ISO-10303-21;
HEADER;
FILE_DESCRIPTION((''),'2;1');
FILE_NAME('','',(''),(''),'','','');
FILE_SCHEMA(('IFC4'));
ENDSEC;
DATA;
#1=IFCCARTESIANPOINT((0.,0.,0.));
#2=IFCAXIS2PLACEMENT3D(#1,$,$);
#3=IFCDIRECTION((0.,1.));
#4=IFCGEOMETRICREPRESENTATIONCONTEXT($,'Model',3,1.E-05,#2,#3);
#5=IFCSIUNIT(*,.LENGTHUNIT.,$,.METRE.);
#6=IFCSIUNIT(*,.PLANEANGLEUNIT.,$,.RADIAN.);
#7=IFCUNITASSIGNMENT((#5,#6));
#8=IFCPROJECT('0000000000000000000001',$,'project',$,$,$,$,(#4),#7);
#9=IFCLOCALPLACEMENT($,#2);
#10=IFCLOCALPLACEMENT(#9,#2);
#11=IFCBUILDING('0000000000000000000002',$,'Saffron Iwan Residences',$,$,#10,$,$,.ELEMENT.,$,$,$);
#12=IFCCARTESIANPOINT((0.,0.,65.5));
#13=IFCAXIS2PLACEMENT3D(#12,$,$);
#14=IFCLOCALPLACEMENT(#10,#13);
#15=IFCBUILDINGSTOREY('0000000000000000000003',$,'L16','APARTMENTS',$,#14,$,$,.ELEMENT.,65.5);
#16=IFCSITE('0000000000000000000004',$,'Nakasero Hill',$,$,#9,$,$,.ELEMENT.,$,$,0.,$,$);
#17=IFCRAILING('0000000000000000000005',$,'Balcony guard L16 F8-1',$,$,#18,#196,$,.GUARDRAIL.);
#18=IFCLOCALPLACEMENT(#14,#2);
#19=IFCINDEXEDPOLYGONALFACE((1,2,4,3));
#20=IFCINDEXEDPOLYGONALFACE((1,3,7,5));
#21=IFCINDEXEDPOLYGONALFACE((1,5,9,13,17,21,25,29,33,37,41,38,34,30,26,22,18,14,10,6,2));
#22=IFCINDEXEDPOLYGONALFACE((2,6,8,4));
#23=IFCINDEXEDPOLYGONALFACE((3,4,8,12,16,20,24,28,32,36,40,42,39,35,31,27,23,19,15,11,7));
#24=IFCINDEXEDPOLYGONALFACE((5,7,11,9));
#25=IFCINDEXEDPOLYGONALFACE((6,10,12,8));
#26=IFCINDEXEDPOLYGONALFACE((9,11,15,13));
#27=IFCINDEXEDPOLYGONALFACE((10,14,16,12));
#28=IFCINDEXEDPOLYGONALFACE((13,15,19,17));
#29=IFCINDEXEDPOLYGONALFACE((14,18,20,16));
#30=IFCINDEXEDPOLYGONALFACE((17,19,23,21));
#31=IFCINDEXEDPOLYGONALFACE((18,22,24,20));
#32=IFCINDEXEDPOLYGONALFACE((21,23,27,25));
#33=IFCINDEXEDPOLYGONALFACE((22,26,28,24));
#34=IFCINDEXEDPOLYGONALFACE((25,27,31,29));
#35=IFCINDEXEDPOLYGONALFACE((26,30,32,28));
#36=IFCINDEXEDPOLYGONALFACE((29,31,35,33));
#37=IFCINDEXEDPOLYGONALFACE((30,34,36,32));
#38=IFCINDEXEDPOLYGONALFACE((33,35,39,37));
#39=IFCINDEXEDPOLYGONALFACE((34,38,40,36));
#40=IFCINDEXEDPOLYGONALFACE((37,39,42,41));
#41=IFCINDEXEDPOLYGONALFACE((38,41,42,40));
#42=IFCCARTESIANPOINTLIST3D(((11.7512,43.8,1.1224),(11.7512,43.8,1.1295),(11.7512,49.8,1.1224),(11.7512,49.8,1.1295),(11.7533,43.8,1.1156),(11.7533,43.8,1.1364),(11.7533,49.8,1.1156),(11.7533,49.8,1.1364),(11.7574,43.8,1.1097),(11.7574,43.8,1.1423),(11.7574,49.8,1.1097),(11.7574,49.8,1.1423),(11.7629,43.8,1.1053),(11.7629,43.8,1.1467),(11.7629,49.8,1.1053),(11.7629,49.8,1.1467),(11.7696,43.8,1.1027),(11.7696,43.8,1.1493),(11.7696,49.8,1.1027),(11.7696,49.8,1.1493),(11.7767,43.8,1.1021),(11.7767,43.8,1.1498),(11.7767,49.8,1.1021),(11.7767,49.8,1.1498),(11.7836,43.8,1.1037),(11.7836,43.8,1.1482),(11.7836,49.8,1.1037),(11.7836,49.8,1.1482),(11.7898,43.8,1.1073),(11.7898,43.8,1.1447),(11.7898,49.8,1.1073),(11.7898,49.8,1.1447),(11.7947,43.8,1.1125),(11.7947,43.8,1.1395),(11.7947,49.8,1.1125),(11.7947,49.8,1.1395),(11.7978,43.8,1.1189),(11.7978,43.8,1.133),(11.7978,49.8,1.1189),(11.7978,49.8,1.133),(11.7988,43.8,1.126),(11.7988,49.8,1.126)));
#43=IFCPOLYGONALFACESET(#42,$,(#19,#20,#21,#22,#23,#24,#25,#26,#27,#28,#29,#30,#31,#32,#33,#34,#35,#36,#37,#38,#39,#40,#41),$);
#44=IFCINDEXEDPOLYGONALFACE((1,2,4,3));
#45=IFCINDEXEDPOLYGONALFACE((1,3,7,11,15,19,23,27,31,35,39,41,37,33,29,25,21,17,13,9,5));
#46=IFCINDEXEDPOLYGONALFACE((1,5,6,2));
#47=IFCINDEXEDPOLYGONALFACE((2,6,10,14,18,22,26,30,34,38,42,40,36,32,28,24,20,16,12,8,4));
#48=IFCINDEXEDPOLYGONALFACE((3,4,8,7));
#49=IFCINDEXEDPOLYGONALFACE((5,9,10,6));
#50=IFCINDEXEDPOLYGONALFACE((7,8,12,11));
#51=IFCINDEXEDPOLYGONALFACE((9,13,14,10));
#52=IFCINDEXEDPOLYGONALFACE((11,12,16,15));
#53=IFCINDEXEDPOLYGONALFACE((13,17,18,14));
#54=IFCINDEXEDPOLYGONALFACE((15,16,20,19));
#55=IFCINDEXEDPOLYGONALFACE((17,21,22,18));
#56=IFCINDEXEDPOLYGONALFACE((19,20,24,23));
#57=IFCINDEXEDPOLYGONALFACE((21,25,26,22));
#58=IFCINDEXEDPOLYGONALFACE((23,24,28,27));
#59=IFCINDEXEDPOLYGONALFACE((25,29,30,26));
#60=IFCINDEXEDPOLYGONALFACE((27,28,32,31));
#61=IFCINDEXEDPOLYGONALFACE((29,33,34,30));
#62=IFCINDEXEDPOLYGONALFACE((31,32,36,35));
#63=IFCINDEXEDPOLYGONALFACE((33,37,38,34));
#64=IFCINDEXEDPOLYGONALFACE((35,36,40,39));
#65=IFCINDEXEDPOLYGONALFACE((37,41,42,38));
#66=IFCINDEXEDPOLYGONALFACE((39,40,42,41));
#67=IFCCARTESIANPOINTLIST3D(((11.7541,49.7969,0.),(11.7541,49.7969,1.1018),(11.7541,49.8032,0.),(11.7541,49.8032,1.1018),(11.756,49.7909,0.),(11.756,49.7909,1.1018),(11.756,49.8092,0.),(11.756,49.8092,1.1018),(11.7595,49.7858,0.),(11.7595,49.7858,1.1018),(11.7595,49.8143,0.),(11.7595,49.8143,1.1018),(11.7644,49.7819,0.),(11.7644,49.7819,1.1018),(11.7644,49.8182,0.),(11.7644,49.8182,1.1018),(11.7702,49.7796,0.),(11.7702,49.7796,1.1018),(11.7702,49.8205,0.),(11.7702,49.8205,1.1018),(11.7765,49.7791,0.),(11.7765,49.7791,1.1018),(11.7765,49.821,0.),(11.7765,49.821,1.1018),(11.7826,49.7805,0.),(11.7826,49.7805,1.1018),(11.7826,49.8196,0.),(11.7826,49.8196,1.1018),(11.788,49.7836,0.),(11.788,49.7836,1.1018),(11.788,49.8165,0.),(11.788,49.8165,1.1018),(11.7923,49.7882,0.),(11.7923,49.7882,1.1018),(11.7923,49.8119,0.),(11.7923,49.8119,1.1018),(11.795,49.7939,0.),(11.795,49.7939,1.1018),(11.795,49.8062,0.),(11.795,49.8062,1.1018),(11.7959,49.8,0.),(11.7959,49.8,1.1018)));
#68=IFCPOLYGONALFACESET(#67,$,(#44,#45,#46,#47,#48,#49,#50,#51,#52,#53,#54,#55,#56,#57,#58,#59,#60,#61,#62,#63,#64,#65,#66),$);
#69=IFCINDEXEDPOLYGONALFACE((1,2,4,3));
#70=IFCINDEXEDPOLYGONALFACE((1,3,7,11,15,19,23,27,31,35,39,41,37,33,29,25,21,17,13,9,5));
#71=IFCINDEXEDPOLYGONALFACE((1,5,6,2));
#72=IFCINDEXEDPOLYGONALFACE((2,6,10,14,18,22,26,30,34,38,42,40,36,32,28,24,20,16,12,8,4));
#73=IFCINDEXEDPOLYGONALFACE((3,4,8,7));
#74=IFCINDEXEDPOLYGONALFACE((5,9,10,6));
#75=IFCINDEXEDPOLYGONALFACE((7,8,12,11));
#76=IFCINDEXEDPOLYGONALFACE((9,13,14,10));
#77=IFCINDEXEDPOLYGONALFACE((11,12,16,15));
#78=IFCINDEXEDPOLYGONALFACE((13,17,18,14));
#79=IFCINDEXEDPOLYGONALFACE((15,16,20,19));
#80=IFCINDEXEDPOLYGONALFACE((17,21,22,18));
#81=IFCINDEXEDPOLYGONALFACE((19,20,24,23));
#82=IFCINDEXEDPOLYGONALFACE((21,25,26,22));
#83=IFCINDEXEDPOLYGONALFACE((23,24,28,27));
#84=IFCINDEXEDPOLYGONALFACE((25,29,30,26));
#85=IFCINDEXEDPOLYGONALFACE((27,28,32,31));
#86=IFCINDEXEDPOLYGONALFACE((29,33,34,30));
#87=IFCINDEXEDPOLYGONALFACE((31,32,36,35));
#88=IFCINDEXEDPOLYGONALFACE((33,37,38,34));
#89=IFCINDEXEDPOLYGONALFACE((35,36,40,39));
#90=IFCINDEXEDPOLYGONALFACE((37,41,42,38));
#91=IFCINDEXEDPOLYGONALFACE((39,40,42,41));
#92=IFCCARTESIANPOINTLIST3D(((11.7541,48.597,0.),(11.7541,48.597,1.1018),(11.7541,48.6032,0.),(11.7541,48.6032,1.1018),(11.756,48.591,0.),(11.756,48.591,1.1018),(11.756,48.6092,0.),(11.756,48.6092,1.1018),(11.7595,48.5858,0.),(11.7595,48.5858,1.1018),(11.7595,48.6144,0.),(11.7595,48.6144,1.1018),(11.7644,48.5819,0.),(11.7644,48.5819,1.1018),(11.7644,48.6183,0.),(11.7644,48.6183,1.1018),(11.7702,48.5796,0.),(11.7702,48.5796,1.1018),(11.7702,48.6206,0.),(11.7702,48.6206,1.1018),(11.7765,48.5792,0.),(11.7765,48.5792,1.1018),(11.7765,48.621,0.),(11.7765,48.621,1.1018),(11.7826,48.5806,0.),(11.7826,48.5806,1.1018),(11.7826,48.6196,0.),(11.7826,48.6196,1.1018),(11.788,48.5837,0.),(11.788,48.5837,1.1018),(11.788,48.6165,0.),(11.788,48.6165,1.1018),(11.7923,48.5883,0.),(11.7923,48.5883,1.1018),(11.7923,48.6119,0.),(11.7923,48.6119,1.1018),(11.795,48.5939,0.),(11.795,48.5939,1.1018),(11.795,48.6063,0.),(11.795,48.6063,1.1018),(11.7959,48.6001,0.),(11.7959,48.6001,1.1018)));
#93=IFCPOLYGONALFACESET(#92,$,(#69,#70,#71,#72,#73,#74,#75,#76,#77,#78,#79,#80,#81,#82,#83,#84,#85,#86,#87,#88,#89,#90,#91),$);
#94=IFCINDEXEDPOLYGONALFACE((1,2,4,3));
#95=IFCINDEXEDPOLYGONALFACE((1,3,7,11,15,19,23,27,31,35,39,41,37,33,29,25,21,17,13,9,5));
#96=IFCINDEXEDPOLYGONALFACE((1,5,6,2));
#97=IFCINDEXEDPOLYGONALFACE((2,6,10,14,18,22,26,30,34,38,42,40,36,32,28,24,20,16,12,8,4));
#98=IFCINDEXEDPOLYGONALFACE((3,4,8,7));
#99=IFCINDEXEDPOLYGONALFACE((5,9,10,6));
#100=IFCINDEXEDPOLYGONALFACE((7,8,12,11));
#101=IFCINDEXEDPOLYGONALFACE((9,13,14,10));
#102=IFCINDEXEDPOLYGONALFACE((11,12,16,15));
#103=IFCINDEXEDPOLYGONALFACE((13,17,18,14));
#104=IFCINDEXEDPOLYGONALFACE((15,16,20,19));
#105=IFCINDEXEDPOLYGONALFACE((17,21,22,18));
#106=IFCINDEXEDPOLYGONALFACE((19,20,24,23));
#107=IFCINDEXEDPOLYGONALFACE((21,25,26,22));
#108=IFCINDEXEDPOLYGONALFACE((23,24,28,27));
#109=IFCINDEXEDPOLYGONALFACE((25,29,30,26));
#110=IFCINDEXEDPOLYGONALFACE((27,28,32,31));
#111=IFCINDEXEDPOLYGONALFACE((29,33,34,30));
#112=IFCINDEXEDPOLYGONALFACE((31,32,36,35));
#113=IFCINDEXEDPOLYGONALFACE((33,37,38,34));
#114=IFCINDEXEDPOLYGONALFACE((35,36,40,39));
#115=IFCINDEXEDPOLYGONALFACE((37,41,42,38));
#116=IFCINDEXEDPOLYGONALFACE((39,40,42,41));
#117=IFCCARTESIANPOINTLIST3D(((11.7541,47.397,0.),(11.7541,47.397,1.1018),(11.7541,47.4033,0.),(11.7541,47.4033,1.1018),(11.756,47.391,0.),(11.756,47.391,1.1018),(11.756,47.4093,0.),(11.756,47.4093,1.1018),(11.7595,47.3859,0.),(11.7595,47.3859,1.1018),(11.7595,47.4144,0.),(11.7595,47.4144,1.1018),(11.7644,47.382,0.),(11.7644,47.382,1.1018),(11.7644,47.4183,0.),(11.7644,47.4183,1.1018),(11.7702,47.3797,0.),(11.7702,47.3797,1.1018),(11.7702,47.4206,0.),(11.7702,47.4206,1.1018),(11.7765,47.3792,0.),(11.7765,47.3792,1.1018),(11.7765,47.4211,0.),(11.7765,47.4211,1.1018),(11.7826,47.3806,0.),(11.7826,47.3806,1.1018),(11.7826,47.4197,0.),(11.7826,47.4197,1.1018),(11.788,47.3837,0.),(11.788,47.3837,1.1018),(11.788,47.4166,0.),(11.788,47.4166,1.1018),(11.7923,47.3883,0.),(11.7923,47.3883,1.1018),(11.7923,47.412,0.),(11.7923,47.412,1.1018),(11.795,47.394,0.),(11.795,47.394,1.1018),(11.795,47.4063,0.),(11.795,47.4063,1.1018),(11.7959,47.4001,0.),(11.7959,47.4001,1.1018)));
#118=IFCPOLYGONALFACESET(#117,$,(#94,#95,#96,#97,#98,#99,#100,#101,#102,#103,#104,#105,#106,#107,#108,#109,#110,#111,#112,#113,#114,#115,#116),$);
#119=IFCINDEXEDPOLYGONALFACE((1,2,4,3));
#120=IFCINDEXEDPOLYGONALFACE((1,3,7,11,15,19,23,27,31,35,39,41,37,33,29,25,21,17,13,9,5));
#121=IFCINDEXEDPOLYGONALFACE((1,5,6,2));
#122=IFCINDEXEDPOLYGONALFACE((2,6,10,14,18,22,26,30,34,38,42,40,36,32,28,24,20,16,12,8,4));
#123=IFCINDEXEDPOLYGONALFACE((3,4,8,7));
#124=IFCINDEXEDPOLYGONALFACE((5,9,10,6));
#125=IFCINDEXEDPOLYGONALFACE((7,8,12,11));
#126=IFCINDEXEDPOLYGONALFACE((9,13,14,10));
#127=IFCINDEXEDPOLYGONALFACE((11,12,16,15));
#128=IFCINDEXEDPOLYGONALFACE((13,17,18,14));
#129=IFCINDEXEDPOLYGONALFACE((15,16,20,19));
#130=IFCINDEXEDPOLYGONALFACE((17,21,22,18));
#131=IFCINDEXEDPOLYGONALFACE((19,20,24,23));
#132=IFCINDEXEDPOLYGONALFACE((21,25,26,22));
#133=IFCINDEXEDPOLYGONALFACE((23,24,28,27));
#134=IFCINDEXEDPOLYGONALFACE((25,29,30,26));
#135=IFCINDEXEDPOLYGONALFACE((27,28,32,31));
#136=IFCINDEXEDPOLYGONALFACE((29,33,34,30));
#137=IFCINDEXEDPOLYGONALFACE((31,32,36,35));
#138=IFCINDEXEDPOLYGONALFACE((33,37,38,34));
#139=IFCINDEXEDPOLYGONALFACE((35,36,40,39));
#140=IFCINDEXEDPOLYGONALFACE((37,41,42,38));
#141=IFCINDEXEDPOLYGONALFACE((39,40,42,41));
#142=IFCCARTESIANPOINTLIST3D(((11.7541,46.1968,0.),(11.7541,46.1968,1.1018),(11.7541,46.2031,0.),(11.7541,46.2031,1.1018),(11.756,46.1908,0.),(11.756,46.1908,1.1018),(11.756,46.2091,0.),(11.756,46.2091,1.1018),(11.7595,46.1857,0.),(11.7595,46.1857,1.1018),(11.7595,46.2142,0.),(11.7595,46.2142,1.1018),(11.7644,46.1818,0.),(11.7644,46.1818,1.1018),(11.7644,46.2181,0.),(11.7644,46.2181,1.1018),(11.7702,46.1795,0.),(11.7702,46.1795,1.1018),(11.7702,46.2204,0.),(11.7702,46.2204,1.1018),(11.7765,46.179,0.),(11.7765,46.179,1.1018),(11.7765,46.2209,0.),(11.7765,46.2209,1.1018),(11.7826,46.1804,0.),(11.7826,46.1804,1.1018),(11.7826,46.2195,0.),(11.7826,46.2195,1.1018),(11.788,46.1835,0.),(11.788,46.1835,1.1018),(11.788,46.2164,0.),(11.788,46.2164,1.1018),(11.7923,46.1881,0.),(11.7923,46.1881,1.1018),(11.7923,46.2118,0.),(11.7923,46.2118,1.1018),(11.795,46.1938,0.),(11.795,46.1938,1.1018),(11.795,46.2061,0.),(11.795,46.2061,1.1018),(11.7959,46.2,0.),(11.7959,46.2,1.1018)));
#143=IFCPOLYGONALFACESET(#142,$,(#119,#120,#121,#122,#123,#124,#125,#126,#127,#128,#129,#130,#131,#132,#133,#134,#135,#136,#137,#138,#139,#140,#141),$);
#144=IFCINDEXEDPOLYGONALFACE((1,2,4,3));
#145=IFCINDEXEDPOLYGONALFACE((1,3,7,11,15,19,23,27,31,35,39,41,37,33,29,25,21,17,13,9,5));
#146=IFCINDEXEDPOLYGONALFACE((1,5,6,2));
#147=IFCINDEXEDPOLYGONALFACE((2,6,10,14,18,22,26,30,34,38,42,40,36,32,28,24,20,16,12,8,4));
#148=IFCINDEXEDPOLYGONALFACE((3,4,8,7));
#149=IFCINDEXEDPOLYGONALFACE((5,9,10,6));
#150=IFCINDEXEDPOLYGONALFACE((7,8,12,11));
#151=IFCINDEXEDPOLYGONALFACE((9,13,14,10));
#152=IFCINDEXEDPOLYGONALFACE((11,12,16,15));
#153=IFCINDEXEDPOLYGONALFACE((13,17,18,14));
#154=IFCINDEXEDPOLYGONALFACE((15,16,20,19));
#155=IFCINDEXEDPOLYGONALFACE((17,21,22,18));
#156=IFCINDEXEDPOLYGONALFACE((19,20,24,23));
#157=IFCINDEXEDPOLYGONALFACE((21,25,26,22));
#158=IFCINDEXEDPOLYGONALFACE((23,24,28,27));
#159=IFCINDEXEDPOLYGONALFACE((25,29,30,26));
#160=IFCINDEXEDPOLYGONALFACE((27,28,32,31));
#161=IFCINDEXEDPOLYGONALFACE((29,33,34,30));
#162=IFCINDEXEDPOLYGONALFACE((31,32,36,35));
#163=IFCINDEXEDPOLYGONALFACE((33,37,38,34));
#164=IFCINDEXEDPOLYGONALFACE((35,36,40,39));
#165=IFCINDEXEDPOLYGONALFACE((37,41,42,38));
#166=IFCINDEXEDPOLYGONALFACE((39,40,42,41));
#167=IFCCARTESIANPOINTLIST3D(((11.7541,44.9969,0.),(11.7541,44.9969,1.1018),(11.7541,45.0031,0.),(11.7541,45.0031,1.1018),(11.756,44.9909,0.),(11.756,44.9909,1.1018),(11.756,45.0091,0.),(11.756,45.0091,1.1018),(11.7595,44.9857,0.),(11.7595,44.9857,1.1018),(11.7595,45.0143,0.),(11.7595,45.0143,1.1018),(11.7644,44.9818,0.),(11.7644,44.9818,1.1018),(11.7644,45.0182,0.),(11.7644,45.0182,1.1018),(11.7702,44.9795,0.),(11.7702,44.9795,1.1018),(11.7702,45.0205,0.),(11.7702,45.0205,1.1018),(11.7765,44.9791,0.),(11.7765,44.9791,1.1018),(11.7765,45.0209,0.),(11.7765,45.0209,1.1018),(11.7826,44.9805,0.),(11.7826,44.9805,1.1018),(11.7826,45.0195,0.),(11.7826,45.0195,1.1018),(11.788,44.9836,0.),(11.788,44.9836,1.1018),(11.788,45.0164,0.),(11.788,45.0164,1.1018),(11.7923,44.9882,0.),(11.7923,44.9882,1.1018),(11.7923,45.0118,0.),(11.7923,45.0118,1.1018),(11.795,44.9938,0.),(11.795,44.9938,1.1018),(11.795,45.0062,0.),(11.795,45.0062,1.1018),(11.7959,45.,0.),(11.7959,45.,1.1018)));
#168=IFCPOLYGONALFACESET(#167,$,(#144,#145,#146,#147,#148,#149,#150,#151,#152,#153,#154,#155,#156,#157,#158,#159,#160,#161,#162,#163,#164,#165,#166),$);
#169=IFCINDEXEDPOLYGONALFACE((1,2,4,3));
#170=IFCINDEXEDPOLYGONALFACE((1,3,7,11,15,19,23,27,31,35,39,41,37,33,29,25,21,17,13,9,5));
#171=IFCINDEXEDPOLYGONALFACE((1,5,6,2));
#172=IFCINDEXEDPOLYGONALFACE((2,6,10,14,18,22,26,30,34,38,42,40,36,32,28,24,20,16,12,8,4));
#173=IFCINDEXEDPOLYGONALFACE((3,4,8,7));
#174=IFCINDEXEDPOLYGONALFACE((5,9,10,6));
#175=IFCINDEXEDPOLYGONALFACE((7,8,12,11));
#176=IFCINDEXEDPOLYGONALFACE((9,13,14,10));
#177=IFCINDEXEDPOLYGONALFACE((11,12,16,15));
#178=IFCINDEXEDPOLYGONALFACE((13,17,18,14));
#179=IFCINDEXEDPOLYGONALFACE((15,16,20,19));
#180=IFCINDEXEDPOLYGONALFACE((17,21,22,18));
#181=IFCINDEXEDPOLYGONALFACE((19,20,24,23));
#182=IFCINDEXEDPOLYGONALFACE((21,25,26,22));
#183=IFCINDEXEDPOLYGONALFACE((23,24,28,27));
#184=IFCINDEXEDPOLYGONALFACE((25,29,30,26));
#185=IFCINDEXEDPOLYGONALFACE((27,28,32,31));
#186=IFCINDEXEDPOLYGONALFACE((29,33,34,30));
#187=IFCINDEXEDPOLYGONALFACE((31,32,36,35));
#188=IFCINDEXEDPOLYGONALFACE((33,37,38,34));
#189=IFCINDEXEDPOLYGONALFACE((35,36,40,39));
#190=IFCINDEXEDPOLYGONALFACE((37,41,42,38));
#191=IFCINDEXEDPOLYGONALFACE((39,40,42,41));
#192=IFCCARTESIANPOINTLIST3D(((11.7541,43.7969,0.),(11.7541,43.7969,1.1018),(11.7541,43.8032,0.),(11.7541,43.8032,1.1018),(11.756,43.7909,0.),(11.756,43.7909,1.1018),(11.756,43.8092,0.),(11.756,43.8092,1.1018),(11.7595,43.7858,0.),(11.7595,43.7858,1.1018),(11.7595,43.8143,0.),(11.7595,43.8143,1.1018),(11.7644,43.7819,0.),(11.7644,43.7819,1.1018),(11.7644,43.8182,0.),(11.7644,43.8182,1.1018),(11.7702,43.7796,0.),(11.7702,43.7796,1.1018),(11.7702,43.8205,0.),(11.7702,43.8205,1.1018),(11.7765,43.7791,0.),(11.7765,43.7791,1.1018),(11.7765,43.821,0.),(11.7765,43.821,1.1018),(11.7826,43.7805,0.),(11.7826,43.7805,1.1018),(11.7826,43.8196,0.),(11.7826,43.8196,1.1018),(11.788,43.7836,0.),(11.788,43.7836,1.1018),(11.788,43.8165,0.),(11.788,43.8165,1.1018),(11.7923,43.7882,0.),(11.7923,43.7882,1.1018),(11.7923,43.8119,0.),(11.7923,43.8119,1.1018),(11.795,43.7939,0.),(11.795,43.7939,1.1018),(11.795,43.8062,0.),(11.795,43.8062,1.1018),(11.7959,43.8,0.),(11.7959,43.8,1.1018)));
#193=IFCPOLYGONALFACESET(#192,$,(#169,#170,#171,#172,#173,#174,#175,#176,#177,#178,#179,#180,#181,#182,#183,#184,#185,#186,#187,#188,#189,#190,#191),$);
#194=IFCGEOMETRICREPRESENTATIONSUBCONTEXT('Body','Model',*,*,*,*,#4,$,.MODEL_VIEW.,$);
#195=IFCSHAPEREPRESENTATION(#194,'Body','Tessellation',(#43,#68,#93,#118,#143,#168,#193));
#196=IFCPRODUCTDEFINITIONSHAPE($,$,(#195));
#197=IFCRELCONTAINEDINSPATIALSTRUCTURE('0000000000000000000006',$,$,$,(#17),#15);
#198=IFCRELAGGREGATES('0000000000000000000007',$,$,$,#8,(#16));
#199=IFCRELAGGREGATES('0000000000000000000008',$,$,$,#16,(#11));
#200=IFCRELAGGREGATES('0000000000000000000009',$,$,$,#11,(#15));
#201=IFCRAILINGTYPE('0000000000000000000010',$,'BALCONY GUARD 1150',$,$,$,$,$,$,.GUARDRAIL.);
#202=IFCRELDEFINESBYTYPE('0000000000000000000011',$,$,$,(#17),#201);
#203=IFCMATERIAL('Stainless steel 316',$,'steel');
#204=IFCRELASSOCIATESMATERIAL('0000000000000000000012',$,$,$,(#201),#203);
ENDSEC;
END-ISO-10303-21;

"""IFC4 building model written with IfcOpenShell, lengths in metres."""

from ifc_helpers import new_model, si_unit, direction, frame, origin, origin_2d, place, context, subcontext, project, spatial, circle, extrude, material, type_object, element, save


model = new_model("IFC4")

# Units and contexts
model_context = context("Model", 3, precision=1e-05, world=origin(), true_north=direction((0.0, 1.0)))
body_context = subcontext(model_context, "Body", "Model", "MODEL_VIEW")
ifc_project = project(units=[si_unit("LENGTHUNIT", "METRE"), si_unit("PLANEANGLEUNIT", "RADIAN")], contexts=[model_context])

# Site, building, storey
site_placement = place(None, origin())
site = spatial("IfcSite", under=ifc_project, at=site_placement, Name="Nakasero Hill", CompositionType="ELEMENT", RefElevation=0.0)
building_placement = place(site_placement, origin())
building = spatial("IfcBuilding", under=site, at=building_placement, Name="Saffron Iwan Residences", CompositionType="ELEMENT")
storey_placement = place(building_placement, frame((0.0, 0.0, 65.5)))
storey = spatial("IfcBuildingStorey", under=building, at=storey_placement, Name="L16", Description="APARTMENTS", CompositionType="ELEMENT", Elevation=65.5)

# Railing
ifc_material_1 = material(Name="Stainless steel 316", Category="steel")
railing_type = type_object("IfcRailingType", Name="BALCONY GUARD 1150", PredefinedType="GUARDRAIL", material=ifc_material_1)
for number, where, name in (
    (1, (11.7749, 49.8, 0.0), "Balcony guard L16 F8-1"),
):
    element("IfcRailing", number, at=place(storey_placement, frame(where)), inside=storey, type_object=railing_type, Name=name, PredefinedType="GUARDRAIL", context=body_context, shape_type="SweptSolid", body=[
        extrude(circle(Radius=0.0239, at=origin_2d()), frame((0.0, 0.0, 1.126), z_axis=(0.0, -1.0, 0.0), x_axis=(1.0, 0.0, 0.0)), (0.0, 0.0, 1.0), 6.0),
        extrude(circle(Radius=0.021, at=origin_2d()), origin(), (0.0, 0.0, 1.0), 1.1018),
        extrude(circle(Radius=0.021, at=origin_2d()), frame((0.0, -1.2, 0.0)), (0.0, 0.0, 1.0), 1.1018),
        extrude(circle(Radius=0.021, at=origin_2d()), frame((0.0, -2.3999, 0.0)), (0.0, 0.0, 1.0), 1.1018),
        extrude(circle(Radius=0.021, at=origin_2d()), frame((0.0, -3.6001, 0.0)), (0.0, 0.0, 1.0), 1.1018),
        extrude(circle(Radius=0.021, at=origin_2d()), frame((0.0, -4.8, 0.0)), (0.0, 0.0, 1.0), 1.1018),
        extrude(circle(Radius=0.021, at=origin_2d()), frame((0.0, -6.0, 0.0)), (0.0, 0.0, 1.0), 1.1018),
    ])

save(model, "model.ifc")
